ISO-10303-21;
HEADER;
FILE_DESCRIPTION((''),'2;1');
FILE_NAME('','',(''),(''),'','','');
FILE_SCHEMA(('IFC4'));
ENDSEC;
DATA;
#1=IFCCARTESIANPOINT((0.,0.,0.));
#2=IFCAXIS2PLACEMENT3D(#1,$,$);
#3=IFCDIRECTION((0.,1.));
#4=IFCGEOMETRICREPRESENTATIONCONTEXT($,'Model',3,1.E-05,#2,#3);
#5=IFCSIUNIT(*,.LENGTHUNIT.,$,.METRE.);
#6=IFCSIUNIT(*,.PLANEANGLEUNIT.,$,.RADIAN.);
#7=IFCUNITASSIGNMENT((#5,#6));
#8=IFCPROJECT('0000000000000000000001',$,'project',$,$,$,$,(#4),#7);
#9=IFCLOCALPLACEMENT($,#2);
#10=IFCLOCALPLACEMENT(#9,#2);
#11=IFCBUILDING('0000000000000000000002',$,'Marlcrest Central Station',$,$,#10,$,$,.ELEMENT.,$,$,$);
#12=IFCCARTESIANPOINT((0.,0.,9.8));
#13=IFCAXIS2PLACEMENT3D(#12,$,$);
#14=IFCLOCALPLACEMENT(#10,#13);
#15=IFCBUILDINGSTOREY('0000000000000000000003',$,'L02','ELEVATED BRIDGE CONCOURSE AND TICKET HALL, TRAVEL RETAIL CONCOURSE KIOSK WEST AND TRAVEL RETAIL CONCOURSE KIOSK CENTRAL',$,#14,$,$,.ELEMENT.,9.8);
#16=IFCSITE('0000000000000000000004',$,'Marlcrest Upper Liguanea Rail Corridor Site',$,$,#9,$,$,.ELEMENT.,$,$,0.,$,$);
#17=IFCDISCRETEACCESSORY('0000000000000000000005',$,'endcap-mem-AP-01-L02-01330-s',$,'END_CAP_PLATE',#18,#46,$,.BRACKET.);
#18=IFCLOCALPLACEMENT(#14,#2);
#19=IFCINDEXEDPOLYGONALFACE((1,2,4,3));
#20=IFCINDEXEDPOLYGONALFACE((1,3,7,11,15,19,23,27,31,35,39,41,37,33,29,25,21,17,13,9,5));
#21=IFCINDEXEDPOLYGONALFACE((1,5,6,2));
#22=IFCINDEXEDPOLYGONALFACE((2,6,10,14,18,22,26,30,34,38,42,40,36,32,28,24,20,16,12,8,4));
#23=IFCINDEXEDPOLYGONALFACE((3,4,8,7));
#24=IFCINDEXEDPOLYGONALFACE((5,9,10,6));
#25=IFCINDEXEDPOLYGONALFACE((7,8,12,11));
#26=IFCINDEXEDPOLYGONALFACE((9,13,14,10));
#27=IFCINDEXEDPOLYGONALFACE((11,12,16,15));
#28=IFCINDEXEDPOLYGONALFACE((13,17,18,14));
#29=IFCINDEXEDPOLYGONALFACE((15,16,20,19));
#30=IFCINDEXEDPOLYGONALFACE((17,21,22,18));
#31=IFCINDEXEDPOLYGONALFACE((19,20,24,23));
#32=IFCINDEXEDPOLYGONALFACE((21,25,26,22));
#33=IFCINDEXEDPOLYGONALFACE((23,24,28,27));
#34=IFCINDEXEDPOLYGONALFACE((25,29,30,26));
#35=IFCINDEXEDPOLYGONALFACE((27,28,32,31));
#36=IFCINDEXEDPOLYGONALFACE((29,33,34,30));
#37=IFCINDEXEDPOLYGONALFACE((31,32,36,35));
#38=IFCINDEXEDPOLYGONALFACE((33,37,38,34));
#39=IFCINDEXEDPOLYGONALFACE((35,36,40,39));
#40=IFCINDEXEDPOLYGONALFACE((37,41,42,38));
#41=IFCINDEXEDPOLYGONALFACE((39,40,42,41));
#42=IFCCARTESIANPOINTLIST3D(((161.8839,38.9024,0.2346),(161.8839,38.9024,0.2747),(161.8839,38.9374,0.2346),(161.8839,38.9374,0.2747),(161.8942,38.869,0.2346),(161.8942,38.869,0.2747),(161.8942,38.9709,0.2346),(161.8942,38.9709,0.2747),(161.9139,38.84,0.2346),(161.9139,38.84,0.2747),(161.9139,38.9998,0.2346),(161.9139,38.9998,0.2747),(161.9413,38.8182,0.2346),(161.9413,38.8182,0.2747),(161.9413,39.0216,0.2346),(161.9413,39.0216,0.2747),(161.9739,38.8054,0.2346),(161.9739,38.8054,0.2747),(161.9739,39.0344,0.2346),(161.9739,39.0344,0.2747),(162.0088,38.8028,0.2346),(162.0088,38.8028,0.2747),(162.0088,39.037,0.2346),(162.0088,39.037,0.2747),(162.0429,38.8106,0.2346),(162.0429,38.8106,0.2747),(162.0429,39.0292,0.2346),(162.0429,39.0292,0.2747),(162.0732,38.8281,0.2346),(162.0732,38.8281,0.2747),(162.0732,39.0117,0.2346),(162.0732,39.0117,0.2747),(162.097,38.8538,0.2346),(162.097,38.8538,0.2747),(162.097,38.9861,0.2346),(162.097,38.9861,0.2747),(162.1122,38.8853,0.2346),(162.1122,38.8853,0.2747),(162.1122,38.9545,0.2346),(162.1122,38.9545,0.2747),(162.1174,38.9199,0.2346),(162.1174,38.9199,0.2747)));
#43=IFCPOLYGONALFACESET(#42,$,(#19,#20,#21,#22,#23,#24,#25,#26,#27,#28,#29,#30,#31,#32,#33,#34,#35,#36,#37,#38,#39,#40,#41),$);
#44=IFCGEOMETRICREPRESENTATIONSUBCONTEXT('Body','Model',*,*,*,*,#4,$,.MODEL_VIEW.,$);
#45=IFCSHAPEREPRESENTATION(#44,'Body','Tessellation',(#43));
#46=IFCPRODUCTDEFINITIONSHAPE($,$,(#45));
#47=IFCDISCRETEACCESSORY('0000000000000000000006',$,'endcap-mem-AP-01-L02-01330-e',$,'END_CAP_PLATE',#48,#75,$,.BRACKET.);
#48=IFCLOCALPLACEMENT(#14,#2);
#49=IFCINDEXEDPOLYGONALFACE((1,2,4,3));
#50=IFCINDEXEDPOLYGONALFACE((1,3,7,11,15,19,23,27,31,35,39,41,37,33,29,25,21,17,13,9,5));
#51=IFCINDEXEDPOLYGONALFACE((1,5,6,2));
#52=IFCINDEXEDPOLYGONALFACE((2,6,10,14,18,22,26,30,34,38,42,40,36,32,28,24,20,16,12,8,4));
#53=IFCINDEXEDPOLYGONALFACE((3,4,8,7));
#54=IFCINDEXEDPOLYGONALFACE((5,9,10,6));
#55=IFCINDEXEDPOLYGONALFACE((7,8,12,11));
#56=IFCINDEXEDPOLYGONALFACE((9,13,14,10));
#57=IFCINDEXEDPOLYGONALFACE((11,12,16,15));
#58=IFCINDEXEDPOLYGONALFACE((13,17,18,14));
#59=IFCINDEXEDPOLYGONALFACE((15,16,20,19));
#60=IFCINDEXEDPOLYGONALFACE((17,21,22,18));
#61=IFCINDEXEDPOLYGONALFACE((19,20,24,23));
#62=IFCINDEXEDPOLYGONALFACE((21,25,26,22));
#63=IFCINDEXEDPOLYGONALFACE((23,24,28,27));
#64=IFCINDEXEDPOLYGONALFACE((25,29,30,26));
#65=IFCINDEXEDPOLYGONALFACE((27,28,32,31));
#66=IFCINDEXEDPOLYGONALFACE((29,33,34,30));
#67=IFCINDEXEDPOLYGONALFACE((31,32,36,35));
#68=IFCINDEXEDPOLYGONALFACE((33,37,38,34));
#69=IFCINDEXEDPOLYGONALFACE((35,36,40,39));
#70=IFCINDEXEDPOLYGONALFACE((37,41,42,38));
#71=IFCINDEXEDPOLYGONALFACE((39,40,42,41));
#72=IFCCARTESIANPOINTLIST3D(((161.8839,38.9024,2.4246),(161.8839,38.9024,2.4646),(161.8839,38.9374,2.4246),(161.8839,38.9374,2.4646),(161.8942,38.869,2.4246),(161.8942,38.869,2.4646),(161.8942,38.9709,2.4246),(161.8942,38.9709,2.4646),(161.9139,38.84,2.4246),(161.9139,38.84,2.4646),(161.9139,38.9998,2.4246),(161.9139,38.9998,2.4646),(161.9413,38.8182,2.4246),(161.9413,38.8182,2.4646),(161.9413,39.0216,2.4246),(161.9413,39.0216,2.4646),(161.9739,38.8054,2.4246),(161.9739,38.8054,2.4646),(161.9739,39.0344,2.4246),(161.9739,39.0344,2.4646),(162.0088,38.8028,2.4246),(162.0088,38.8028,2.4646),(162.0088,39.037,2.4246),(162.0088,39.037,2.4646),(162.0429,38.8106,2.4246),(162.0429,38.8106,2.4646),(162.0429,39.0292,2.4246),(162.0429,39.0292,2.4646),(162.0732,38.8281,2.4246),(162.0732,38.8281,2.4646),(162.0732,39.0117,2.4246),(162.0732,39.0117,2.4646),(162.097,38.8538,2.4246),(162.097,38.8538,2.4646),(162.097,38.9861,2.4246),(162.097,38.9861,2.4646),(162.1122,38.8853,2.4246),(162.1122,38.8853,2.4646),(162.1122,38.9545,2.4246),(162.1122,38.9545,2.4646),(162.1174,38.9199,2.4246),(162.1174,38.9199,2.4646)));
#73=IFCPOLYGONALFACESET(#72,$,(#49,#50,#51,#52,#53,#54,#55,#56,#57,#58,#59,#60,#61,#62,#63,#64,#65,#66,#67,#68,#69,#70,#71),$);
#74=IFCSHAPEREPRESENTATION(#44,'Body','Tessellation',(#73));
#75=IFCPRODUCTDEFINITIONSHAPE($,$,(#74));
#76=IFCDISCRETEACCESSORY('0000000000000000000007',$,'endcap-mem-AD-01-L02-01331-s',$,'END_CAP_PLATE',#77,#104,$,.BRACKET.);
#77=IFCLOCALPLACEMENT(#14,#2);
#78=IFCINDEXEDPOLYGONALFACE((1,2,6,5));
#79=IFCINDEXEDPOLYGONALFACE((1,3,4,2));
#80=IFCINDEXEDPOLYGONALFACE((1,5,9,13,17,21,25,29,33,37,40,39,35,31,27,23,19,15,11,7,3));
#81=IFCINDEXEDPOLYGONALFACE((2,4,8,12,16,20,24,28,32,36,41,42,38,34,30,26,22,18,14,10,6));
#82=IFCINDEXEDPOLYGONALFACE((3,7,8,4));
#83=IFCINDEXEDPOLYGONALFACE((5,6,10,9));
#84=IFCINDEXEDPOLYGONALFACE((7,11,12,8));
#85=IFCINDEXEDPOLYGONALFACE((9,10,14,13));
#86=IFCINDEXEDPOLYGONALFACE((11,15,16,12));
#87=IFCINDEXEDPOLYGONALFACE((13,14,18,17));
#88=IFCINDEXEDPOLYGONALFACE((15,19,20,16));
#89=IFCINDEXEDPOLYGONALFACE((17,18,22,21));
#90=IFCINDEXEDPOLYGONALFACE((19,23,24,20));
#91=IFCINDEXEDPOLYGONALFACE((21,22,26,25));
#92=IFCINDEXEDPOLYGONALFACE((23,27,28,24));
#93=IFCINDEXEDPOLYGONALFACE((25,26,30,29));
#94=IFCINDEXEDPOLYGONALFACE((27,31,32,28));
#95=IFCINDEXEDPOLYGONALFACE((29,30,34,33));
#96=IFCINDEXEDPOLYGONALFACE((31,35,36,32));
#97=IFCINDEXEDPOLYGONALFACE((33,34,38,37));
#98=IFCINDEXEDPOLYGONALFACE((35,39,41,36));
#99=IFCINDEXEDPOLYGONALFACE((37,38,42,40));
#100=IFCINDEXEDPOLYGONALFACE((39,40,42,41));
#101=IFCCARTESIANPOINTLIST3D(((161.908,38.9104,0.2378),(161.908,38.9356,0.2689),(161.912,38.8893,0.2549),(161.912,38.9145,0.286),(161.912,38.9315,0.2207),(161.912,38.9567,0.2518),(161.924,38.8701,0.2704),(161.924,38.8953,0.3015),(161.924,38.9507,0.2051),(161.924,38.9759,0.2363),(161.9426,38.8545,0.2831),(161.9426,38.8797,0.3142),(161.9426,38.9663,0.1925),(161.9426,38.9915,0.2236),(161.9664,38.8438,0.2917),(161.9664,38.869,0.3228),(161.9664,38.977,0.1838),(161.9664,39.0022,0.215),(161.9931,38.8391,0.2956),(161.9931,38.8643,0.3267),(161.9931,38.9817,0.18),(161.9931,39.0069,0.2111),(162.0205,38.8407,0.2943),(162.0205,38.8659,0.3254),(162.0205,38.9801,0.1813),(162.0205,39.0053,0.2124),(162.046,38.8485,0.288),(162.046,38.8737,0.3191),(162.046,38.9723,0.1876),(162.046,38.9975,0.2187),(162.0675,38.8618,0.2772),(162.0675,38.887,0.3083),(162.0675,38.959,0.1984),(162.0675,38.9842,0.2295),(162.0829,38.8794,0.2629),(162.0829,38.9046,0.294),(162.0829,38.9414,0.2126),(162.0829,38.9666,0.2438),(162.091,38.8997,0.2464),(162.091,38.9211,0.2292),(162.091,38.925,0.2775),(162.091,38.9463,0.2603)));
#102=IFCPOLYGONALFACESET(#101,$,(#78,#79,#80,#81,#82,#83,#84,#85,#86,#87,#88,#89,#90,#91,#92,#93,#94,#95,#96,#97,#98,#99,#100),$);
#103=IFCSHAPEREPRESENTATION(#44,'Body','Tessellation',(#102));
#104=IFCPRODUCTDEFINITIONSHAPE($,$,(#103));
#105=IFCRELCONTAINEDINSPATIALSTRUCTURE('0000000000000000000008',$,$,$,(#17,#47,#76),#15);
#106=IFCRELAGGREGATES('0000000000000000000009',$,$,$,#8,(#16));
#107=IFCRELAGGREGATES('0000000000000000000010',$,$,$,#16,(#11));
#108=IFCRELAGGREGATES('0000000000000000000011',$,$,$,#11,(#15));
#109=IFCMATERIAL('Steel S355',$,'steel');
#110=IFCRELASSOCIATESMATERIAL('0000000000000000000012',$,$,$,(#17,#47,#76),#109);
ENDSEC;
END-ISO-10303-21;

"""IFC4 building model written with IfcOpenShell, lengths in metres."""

from ifc_helpers import new_model, si_unit, direction, frame, origin, origin_2d, place, context, subcontext, project, spatial, circle, extrude, material, element, save


model = new_model("IFC4")

# Units and contexts
model_context = context("Model", 3, precision=1e-05, world=origin(), true_north=direction((0.0, 1.0)))
body_context = subcontext(model_context, "Body", "Model", "MODEL_VIEW")
ifc_project = project(units=[si_unit("LENGTHUNIT", "METRE"), si_unit("PLANEANGLEUNIT", "RADIAN")], contexts=[model_context])

# Site, building, storey
site_placement = place(None, origin())
site = spatial("IfcSite", under=ifc_project, at=site_placement, Name="Marlcrest Upper Liguanea Rail Corridor Site", CompositionType="ELEMENT", RefElevation=0.0)
building_placement = place(site_placement, origin())
building = spatial("IfcBuilding", under=site, at=building_placement, Name="Marlcrest Central Station", CompositionType="ELEMENT")
storey_placement = place(building_placement, frame((0.0, 0.0, 9.8)))
storey = spatial("IfcBuildingStorey", under=building, at=storey_placement, Name="L02", Description="ELEVATED BRIDGE CONCOURSE AND TICKET HALL, TRAVEL RETAIL CONCOURSE KIOSK WEST AND TRAVEL RETAIL CONCOURSE KIOSK CENTRAL", CompositionType="ELEMENT", Elevation=9.8)

# Shared definitions
ifc_material_1 = material(Name="Steel S355", Category="steel")

# Discrete accessories
for number, where, z_axis, x_axis, name in (
    (1, (162.0, 38.9199, 0.2346), (0.0, 0.0, 1.0), (1.0, 0.0, 0.0), "endcap-mem-AP-01-L02-01330-s"),
    (2, (162.0, 38.9199, 2.4246), (0.0, 0.0, 1.0), (1.0, 0.0, 0.0), "endcap-mem-AP-01-L02-01330-e"),
):
    element("IfcDiscreteAccessory", number, at=place(storey_placement, frame(where, z_axis=z_axis, x_axis=x_axis)), inside=storey, material=ifc_material_1, Name=name, ObjectType="END_CAP_PLATE", PredefinedType="BRACKET", context=body_context, shape_type="SweptSolid", body=[
        extrude(circle(Radius=0.1174, at=origin_2d()), origin(), (0.0, 0.0, 1.0), 0.04),
    ])
discrete_accessory_1_placement = place(storey_placement, frame((162.0, 38.9104, 0.2378), z_axis=(0.0, 0.629629, 0.776896), x_axis=(-1.0, 0.0, 0.0)))
element("IfcDiscreteAccessory", 3, at=discrete_accessory_1_placement, inside=storey, material=ifc_material_1, Name="endcap-mem-AD-01-L02-01331-s", ObjectType="END_CAP_PLATE", PredefinedType="BRACKET", context=body_context, shape_type="SweptSolid", body=[
    extrude(circle(Radius=0.092, at=origin_2d()), origin(), (0.0, 0.0, 1.0), 0.04),
])

save(model, "model.ifc")
